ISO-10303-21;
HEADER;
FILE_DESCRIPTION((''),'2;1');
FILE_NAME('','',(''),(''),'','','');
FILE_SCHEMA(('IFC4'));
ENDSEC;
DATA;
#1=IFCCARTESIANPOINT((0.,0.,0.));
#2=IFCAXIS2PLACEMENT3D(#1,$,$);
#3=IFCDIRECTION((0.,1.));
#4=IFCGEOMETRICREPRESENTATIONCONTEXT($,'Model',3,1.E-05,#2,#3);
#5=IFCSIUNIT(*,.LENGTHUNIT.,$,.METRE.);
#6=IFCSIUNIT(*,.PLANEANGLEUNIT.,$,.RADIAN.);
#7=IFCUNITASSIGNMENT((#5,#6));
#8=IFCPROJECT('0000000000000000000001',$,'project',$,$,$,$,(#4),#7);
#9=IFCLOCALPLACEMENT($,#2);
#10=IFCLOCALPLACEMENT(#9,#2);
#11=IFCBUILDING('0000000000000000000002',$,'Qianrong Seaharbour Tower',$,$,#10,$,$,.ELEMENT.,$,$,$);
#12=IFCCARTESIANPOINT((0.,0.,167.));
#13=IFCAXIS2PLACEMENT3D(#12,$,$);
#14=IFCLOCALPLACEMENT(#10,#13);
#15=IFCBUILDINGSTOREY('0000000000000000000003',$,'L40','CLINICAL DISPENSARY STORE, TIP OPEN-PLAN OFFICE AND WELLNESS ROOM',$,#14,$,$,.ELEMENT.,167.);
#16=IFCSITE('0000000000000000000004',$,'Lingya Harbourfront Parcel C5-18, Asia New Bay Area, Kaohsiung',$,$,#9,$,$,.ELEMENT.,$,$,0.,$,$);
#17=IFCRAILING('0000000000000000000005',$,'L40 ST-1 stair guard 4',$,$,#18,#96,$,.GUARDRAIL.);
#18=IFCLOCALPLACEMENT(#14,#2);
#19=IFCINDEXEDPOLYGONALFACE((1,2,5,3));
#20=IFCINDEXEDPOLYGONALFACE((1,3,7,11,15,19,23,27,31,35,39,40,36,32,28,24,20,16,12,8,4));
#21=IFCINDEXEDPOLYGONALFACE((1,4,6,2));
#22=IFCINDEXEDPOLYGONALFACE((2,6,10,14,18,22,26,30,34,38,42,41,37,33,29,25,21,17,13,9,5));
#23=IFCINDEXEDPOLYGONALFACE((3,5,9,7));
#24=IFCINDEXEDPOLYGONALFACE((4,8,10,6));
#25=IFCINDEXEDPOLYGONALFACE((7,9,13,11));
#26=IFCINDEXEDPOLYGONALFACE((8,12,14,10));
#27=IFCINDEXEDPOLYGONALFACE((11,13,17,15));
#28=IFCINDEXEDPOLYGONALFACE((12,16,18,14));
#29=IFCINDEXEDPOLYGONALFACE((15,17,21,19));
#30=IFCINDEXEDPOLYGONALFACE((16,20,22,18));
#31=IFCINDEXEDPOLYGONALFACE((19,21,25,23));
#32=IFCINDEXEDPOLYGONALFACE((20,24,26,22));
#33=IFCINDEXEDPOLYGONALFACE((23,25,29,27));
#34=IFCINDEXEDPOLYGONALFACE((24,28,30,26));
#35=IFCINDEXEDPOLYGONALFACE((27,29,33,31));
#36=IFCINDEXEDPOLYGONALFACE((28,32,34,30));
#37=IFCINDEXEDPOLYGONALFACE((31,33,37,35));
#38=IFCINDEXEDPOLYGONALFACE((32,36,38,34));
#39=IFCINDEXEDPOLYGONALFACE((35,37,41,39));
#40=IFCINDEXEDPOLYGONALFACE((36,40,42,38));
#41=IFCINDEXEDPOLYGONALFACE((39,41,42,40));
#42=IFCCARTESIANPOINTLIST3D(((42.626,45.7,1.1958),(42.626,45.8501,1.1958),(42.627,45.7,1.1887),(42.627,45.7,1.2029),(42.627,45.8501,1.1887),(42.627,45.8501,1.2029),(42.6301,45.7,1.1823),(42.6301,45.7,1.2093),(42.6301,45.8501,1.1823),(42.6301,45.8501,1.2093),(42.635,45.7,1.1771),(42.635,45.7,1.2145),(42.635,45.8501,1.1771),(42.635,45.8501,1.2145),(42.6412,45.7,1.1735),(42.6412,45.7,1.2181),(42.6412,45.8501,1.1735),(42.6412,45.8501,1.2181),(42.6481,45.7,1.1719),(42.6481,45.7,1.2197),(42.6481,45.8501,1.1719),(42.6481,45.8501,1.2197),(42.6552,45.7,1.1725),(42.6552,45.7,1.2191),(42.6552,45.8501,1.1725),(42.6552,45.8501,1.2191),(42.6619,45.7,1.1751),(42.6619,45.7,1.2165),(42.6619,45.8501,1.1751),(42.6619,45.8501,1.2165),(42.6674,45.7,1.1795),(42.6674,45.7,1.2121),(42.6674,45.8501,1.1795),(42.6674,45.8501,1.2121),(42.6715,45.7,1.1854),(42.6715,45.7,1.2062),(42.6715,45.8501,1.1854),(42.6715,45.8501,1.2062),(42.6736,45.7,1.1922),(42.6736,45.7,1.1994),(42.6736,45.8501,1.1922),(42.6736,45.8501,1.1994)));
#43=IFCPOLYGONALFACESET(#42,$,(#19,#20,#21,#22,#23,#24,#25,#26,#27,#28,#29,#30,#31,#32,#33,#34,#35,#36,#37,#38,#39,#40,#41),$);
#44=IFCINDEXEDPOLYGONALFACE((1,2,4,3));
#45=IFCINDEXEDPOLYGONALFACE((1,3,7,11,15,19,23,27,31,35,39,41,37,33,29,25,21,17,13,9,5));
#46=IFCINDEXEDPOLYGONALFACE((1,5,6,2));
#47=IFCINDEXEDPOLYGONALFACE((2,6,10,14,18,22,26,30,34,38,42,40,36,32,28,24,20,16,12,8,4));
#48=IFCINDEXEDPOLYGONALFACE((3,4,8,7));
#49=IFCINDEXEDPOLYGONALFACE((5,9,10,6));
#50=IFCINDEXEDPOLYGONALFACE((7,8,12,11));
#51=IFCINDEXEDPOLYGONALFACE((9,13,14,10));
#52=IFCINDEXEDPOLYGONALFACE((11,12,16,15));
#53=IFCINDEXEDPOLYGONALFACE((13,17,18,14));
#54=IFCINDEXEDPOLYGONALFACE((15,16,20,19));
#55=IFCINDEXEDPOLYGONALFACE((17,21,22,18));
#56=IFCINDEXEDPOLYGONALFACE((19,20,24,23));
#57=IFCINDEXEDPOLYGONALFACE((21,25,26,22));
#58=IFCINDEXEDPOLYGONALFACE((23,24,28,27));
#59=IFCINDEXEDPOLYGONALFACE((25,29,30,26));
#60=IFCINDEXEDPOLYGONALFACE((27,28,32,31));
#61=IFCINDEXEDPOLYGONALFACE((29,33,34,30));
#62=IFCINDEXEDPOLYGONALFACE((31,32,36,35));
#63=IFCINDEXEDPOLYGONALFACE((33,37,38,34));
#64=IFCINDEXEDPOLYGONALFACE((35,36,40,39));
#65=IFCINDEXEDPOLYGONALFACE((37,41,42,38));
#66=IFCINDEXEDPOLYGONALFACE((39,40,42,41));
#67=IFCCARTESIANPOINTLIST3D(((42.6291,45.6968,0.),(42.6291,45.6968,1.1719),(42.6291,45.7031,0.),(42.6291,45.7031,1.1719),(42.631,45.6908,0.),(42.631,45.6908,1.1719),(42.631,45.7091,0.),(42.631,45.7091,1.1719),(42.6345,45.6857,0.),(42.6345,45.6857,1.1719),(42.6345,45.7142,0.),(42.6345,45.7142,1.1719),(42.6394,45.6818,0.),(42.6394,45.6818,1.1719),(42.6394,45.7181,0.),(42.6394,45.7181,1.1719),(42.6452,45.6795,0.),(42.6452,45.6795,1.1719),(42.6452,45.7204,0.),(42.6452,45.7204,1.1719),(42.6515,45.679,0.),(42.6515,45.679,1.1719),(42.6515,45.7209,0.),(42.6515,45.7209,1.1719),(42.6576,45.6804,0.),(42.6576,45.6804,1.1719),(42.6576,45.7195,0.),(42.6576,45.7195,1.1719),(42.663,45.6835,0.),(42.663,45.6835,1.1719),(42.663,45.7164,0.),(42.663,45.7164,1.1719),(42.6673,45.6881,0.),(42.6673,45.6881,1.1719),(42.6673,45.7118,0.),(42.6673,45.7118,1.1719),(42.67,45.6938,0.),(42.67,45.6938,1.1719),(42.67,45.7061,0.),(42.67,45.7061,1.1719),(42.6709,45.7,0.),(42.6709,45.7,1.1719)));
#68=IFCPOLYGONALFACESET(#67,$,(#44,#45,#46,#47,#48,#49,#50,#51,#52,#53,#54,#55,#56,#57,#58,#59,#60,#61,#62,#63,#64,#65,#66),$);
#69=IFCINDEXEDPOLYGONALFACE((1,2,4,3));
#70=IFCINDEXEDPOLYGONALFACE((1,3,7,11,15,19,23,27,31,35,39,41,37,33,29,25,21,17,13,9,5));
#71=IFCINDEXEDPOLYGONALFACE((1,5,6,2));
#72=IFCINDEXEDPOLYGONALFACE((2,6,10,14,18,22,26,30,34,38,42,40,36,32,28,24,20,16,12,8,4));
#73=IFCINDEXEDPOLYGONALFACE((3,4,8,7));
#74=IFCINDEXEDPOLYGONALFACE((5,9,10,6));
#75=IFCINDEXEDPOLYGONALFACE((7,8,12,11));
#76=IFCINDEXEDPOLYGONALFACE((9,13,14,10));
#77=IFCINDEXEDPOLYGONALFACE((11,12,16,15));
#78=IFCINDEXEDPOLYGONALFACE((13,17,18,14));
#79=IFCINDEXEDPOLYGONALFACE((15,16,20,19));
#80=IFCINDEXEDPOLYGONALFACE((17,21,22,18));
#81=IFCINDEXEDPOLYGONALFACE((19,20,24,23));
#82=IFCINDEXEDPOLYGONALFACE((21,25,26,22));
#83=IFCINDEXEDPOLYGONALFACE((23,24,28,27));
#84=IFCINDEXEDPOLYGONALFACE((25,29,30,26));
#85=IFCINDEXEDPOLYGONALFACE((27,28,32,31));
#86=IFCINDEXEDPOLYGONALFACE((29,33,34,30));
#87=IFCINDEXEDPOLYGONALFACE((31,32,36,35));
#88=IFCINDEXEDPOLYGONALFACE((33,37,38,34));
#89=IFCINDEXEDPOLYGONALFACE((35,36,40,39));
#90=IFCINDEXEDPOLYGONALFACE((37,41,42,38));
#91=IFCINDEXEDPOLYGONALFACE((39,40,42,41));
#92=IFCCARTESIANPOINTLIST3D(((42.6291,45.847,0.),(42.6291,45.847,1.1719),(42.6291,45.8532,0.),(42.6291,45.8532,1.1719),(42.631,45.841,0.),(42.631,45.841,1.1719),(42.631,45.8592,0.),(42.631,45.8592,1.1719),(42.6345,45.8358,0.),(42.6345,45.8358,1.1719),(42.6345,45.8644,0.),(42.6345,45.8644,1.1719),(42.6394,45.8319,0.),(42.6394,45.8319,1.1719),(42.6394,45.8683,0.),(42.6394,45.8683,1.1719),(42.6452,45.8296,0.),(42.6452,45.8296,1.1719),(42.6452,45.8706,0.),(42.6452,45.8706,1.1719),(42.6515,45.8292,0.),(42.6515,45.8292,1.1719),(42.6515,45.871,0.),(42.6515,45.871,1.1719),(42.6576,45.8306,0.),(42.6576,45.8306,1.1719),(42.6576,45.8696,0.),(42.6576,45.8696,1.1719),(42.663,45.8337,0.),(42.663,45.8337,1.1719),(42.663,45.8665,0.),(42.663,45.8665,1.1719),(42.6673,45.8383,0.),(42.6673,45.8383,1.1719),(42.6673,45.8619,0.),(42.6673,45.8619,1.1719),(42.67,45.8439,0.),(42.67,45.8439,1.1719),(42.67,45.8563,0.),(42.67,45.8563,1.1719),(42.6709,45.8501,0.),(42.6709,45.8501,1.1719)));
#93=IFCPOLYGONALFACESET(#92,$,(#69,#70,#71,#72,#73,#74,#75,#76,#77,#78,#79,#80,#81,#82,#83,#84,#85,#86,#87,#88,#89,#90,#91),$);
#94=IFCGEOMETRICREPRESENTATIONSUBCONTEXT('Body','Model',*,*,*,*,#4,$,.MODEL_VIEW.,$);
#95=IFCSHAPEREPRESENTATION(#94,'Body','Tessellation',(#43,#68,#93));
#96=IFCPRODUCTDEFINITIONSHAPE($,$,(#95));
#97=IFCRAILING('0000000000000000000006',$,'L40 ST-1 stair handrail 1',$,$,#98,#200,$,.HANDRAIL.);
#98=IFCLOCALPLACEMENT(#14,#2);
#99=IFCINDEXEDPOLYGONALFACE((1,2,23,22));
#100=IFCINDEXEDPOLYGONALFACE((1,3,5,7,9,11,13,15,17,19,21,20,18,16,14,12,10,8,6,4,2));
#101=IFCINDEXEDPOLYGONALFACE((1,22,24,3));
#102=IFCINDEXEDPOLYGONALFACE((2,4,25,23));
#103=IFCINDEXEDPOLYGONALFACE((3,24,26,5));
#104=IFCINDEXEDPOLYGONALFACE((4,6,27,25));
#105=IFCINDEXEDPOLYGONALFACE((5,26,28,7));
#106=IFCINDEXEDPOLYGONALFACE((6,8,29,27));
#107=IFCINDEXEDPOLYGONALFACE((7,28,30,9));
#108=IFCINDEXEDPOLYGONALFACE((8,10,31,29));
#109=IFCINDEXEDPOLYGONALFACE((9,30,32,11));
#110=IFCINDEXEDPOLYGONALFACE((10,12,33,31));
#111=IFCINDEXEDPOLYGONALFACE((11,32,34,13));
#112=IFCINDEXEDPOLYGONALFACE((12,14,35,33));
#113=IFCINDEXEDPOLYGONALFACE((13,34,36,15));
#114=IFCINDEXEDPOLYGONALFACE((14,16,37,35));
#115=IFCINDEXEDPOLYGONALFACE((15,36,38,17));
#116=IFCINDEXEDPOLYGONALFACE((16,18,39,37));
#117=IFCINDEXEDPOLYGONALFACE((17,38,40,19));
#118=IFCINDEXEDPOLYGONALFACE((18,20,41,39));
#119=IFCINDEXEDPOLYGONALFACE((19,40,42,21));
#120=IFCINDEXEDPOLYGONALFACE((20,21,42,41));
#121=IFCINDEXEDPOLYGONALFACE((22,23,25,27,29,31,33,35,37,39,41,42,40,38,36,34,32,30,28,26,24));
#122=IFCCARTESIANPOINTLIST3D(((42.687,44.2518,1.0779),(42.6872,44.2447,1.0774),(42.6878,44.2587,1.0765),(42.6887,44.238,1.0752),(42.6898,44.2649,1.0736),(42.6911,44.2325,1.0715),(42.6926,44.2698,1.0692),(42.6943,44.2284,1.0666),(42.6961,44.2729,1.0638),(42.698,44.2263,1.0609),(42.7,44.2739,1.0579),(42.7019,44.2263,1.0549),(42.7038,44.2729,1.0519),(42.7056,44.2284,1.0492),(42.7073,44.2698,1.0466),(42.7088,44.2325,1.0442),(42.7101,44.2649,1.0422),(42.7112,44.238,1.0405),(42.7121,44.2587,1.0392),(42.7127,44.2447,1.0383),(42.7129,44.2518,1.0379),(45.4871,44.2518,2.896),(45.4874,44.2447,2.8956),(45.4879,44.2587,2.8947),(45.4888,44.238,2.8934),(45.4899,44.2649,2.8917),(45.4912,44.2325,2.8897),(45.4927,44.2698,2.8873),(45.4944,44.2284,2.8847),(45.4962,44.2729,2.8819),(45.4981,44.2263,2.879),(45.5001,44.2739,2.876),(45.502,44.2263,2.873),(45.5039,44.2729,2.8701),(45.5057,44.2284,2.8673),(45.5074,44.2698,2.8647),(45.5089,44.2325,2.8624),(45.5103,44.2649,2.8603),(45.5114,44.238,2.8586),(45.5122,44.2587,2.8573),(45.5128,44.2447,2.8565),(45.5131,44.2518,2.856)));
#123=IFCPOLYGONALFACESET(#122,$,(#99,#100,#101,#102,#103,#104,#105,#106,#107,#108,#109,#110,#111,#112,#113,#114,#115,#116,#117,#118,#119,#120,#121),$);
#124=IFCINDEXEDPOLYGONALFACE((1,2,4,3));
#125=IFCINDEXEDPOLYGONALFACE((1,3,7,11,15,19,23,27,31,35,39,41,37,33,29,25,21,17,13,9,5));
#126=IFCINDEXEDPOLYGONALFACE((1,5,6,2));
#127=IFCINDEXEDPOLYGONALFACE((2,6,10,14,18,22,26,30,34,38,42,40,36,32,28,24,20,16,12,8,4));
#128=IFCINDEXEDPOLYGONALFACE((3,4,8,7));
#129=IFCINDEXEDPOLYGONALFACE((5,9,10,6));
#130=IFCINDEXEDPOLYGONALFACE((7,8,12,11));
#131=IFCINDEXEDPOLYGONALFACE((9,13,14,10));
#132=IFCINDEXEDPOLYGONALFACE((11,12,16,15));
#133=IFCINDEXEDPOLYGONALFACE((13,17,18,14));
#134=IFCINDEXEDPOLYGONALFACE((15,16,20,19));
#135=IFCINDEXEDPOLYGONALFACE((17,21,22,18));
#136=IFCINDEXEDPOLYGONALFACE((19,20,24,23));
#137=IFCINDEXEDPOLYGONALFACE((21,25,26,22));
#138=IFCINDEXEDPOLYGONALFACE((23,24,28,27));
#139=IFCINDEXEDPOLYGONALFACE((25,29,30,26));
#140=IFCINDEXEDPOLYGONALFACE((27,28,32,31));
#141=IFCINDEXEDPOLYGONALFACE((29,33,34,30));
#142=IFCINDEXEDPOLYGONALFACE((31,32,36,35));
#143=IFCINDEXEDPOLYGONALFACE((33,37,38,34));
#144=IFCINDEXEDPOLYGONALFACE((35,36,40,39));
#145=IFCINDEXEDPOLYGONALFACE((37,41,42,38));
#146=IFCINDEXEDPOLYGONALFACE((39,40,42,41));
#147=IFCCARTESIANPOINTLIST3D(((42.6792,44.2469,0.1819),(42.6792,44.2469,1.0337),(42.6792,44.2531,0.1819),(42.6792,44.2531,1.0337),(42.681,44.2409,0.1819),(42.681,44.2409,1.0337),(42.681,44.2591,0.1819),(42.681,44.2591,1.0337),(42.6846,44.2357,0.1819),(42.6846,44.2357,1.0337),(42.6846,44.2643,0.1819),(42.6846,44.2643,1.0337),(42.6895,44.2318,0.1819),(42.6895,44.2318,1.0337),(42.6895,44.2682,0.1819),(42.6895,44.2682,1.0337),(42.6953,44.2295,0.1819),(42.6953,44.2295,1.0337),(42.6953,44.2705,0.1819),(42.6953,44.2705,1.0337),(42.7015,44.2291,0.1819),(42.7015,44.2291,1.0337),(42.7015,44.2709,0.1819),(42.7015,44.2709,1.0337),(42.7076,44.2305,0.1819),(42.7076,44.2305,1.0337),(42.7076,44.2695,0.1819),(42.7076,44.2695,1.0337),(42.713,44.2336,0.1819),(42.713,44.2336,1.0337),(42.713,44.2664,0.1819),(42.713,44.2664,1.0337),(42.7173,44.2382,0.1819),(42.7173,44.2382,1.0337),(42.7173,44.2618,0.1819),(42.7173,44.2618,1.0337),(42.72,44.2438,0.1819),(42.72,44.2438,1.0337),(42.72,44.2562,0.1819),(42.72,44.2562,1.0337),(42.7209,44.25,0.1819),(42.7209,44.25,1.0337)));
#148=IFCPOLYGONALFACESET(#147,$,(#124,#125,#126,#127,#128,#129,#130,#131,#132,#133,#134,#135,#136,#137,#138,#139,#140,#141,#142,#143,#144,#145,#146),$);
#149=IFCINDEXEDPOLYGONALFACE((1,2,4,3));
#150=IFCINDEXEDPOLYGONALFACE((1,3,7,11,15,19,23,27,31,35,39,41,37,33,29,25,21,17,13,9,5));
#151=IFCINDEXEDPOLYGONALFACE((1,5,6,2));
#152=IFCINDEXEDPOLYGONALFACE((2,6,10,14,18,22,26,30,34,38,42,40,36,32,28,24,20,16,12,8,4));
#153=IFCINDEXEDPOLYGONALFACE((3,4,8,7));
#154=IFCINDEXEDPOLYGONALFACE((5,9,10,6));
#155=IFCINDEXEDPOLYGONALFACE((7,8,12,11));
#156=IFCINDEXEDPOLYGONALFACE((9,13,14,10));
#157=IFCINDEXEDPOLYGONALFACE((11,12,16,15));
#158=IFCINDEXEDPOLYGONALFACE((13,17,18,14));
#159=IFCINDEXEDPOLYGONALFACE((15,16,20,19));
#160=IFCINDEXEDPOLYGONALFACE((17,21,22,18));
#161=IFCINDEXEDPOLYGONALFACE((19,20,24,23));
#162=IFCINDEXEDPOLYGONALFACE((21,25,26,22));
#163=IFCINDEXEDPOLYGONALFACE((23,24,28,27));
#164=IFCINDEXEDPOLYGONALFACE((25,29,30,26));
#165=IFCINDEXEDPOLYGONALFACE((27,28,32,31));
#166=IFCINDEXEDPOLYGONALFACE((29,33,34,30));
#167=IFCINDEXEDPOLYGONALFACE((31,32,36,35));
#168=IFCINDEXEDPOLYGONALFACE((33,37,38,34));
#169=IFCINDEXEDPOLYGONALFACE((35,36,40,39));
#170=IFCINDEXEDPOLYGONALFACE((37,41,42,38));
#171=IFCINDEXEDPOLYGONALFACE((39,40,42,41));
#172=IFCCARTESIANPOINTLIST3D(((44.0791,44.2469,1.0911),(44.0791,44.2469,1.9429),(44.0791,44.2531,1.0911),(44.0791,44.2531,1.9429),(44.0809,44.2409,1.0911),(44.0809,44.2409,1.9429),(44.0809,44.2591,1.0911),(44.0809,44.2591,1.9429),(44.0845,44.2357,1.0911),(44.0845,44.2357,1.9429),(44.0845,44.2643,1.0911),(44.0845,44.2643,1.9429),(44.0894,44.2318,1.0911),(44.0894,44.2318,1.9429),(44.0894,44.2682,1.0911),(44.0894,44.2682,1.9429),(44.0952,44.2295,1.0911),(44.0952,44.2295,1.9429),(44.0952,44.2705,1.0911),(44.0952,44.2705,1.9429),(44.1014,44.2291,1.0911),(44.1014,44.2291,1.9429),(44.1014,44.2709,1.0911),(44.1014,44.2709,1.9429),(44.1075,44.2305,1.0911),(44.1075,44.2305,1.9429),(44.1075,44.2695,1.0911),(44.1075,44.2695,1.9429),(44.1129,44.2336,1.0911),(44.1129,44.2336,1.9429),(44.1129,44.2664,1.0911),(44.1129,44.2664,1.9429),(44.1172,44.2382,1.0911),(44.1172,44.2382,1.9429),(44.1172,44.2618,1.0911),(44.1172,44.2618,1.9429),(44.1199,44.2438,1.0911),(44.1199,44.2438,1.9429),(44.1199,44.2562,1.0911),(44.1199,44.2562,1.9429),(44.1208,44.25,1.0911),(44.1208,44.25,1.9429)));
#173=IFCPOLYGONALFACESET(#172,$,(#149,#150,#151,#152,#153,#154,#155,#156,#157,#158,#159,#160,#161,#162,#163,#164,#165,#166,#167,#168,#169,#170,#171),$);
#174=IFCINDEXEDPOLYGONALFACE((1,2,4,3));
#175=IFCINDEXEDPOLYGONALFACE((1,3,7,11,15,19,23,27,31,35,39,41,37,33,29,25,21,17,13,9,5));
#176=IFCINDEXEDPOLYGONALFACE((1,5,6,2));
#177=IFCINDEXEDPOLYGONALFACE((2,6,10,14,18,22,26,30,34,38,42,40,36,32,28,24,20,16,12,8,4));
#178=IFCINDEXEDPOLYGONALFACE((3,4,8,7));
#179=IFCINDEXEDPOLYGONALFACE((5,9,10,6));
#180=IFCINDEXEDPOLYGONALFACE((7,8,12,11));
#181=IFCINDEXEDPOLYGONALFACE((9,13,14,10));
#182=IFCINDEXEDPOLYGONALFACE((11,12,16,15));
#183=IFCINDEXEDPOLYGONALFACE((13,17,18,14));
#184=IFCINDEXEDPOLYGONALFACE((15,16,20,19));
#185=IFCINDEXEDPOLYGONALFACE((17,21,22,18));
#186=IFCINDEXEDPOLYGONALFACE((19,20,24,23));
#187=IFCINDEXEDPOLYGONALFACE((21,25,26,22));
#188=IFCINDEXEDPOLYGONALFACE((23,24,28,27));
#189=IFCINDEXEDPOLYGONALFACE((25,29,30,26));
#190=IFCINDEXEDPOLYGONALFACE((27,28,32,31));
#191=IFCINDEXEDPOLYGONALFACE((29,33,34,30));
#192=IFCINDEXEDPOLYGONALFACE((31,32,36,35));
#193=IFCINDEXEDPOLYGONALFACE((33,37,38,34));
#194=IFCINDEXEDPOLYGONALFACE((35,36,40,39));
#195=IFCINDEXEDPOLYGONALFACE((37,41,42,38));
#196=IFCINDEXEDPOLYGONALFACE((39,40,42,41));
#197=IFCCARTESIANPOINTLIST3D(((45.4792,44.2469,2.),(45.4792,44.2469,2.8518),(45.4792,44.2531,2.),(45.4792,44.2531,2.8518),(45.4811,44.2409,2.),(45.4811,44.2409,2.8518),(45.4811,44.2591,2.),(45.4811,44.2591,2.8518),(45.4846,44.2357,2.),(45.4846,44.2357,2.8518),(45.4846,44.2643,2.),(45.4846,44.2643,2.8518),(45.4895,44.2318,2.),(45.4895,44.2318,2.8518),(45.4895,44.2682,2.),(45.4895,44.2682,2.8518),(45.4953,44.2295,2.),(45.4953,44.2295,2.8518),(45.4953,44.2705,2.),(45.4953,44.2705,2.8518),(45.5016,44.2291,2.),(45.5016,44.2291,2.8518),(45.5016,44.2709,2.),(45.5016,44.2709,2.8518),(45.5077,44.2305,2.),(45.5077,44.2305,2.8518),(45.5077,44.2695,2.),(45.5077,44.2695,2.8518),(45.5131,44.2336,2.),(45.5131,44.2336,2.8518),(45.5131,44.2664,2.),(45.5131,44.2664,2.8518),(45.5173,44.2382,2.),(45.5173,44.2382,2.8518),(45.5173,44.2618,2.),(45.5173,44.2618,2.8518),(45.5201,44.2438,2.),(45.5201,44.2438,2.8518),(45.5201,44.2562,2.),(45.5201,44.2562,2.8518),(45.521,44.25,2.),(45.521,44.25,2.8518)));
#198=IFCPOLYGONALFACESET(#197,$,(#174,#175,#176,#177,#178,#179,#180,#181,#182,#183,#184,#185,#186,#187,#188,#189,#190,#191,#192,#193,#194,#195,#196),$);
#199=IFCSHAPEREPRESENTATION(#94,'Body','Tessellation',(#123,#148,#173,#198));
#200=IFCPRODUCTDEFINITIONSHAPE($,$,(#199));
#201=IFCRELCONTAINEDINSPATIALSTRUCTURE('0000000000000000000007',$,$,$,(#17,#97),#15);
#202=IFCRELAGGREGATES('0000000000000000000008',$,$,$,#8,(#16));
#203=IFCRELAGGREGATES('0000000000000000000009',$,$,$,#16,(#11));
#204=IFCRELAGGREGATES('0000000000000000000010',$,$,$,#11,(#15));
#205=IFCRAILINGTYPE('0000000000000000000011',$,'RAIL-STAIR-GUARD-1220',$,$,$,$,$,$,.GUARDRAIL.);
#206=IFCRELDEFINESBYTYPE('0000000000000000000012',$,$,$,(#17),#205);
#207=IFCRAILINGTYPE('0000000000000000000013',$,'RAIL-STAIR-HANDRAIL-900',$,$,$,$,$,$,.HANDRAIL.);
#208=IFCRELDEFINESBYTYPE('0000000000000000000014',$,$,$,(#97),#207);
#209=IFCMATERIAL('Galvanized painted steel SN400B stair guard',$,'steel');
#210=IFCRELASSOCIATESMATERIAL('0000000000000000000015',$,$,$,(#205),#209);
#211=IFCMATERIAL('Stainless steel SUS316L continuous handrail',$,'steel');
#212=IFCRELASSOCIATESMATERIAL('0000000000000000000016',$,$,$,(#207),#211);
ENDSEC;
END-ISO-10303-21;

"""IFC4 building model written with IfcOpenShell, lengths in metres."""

from ifc_helpers import new_model, si_unit, direction, frame, origin, origin_2d, place, context, subcontext, project, spatial, circle, extrude, material, type_object, element, save


model = new_model("IFC4")

# Units and contexts
model_context = context("Model", 3, precision=1e-05, world=origin(), true_north=direction((0.0, 1.0)))
body_context = subcontext(model_context, "Body", "Model", "MODEL_VIEW")
ifc_project = project(units=[si_unit("LENGTHUNIT", "METRE"), si_unit("PLANEANGLEUNIT", "RADIAN")], contexts=[model_context])

# Site, building, storey
site_placement = place(None, origin())
site = spatial("IfcSite", under=ifc_project, at=site_placement, Name="Lingya Harbourfront Parcel C5-18, Asia New Bay Area, Kaohsiung", CompositionType="ELEMENT", RefElevation=0.0)
building_placement = place(site_placement, origin())
building = spatial("IfcBuilding", under=site, at=building_placement, Name="Qianrong Seaharbour Tower", CompositionType="ELEMENT")
storey_placement = place(building_placement, frame((0.0, 0.0, 167.0)))
storey = spatial("IfcBuildingStorey", under=building, at=storey_placement, Name="L40", Description="CLINICAL DISPENSARY STORE, TIP OPEN-PLAN OFFICE AND WELLNESS ROOM", CompositionType="ELEMENT", Elevation=167.0)

# Railings
ifc_material_1 = material(Name="Galvanized painted steel SN400B stair guard", Category="steel")
railing_type_1 = type_object("IfcRailingType", Name="RAIL-STAIR-GUARD-1220", PredefinedType="GUARDRAIL", material=ifc_material_1)
railing_1_placement = place(storey_placement, frame((42.6499, 45.7, 0.0)))
element("IfcRailing", 1, at=railing_1_placement, inside=storey, type_object=railing_type_1, Name="L40 ST-1 stair guard 4", PredefinedType="GUARDRAIL", context=body_context, shape_type="SweptSolid", body=[
    extrude(circle(Radius=0.0239, at=origin_2d()), frame((0.0, 0.0, 1.1958), z_axis=(0.0, 1.0, 0.0), x_axis=(-1.0, 0.0, 0.0)), (0.0, 0.0, 1.0), 0.1501),
    extrude(circle(Radius=0.021, at=origin_2d()), origin(), (0.0, 0.0, 1.0), 1.1719),
    extrude(circle(Radius=0.021, at=origin_2d()), frame((0.0, 0.1501, 0.0)), (0.0, 0.0, 1.0), 1.1719),
])
ifc_material_2 = material(Name="Stainless steel SUS316L continuous handrail", Category="steel")
railing_type_2 = type_object("IfcRailingType", Name="RAIL-STAIR-HANDRAIL-900", PredefinedType="HANDRAIL", material=ifc_material_2)
railing_2_placement = place(storey_placement, frame((42.7, 44.25, 0.1819)))
element("IfcRailing", 2, at=railing_2_placement, inside=storey, type_object=railing_type_2, Name="L40 ST-1 stair handrail 1", PredefinedType="HANDRAIL", context=body_context, shape_type="SweptSolid", body=[
    extrude(circle(Radius=0.0239, at=origin_2d()), frame((0.0, 0.0, 0.876), z_axis=(0.838706, 0.0, 0.544585), x_axis=(0.0, 1.0, 0.0)), (0.0, 0.0, 1.0), 3.3386),
    extrude(circle(Radius=0.021, at=origin_2d()), origin(), (0.0, 0.0, 1.0), 0.8518),
    extrude(circle(Radius=0.021, at=origin_2d()), frame((1.3999, 0.0, 0.9092)), (0.0, 0.0, 1.0), 0.8518),
    extrude(circle(Radius=0.021, at=origin_2d()), frame((2.8, 0.0, 1.8181)), (0.0, 0.0, 1.0), 0.8518),
])

save(model, "model.ifc")
